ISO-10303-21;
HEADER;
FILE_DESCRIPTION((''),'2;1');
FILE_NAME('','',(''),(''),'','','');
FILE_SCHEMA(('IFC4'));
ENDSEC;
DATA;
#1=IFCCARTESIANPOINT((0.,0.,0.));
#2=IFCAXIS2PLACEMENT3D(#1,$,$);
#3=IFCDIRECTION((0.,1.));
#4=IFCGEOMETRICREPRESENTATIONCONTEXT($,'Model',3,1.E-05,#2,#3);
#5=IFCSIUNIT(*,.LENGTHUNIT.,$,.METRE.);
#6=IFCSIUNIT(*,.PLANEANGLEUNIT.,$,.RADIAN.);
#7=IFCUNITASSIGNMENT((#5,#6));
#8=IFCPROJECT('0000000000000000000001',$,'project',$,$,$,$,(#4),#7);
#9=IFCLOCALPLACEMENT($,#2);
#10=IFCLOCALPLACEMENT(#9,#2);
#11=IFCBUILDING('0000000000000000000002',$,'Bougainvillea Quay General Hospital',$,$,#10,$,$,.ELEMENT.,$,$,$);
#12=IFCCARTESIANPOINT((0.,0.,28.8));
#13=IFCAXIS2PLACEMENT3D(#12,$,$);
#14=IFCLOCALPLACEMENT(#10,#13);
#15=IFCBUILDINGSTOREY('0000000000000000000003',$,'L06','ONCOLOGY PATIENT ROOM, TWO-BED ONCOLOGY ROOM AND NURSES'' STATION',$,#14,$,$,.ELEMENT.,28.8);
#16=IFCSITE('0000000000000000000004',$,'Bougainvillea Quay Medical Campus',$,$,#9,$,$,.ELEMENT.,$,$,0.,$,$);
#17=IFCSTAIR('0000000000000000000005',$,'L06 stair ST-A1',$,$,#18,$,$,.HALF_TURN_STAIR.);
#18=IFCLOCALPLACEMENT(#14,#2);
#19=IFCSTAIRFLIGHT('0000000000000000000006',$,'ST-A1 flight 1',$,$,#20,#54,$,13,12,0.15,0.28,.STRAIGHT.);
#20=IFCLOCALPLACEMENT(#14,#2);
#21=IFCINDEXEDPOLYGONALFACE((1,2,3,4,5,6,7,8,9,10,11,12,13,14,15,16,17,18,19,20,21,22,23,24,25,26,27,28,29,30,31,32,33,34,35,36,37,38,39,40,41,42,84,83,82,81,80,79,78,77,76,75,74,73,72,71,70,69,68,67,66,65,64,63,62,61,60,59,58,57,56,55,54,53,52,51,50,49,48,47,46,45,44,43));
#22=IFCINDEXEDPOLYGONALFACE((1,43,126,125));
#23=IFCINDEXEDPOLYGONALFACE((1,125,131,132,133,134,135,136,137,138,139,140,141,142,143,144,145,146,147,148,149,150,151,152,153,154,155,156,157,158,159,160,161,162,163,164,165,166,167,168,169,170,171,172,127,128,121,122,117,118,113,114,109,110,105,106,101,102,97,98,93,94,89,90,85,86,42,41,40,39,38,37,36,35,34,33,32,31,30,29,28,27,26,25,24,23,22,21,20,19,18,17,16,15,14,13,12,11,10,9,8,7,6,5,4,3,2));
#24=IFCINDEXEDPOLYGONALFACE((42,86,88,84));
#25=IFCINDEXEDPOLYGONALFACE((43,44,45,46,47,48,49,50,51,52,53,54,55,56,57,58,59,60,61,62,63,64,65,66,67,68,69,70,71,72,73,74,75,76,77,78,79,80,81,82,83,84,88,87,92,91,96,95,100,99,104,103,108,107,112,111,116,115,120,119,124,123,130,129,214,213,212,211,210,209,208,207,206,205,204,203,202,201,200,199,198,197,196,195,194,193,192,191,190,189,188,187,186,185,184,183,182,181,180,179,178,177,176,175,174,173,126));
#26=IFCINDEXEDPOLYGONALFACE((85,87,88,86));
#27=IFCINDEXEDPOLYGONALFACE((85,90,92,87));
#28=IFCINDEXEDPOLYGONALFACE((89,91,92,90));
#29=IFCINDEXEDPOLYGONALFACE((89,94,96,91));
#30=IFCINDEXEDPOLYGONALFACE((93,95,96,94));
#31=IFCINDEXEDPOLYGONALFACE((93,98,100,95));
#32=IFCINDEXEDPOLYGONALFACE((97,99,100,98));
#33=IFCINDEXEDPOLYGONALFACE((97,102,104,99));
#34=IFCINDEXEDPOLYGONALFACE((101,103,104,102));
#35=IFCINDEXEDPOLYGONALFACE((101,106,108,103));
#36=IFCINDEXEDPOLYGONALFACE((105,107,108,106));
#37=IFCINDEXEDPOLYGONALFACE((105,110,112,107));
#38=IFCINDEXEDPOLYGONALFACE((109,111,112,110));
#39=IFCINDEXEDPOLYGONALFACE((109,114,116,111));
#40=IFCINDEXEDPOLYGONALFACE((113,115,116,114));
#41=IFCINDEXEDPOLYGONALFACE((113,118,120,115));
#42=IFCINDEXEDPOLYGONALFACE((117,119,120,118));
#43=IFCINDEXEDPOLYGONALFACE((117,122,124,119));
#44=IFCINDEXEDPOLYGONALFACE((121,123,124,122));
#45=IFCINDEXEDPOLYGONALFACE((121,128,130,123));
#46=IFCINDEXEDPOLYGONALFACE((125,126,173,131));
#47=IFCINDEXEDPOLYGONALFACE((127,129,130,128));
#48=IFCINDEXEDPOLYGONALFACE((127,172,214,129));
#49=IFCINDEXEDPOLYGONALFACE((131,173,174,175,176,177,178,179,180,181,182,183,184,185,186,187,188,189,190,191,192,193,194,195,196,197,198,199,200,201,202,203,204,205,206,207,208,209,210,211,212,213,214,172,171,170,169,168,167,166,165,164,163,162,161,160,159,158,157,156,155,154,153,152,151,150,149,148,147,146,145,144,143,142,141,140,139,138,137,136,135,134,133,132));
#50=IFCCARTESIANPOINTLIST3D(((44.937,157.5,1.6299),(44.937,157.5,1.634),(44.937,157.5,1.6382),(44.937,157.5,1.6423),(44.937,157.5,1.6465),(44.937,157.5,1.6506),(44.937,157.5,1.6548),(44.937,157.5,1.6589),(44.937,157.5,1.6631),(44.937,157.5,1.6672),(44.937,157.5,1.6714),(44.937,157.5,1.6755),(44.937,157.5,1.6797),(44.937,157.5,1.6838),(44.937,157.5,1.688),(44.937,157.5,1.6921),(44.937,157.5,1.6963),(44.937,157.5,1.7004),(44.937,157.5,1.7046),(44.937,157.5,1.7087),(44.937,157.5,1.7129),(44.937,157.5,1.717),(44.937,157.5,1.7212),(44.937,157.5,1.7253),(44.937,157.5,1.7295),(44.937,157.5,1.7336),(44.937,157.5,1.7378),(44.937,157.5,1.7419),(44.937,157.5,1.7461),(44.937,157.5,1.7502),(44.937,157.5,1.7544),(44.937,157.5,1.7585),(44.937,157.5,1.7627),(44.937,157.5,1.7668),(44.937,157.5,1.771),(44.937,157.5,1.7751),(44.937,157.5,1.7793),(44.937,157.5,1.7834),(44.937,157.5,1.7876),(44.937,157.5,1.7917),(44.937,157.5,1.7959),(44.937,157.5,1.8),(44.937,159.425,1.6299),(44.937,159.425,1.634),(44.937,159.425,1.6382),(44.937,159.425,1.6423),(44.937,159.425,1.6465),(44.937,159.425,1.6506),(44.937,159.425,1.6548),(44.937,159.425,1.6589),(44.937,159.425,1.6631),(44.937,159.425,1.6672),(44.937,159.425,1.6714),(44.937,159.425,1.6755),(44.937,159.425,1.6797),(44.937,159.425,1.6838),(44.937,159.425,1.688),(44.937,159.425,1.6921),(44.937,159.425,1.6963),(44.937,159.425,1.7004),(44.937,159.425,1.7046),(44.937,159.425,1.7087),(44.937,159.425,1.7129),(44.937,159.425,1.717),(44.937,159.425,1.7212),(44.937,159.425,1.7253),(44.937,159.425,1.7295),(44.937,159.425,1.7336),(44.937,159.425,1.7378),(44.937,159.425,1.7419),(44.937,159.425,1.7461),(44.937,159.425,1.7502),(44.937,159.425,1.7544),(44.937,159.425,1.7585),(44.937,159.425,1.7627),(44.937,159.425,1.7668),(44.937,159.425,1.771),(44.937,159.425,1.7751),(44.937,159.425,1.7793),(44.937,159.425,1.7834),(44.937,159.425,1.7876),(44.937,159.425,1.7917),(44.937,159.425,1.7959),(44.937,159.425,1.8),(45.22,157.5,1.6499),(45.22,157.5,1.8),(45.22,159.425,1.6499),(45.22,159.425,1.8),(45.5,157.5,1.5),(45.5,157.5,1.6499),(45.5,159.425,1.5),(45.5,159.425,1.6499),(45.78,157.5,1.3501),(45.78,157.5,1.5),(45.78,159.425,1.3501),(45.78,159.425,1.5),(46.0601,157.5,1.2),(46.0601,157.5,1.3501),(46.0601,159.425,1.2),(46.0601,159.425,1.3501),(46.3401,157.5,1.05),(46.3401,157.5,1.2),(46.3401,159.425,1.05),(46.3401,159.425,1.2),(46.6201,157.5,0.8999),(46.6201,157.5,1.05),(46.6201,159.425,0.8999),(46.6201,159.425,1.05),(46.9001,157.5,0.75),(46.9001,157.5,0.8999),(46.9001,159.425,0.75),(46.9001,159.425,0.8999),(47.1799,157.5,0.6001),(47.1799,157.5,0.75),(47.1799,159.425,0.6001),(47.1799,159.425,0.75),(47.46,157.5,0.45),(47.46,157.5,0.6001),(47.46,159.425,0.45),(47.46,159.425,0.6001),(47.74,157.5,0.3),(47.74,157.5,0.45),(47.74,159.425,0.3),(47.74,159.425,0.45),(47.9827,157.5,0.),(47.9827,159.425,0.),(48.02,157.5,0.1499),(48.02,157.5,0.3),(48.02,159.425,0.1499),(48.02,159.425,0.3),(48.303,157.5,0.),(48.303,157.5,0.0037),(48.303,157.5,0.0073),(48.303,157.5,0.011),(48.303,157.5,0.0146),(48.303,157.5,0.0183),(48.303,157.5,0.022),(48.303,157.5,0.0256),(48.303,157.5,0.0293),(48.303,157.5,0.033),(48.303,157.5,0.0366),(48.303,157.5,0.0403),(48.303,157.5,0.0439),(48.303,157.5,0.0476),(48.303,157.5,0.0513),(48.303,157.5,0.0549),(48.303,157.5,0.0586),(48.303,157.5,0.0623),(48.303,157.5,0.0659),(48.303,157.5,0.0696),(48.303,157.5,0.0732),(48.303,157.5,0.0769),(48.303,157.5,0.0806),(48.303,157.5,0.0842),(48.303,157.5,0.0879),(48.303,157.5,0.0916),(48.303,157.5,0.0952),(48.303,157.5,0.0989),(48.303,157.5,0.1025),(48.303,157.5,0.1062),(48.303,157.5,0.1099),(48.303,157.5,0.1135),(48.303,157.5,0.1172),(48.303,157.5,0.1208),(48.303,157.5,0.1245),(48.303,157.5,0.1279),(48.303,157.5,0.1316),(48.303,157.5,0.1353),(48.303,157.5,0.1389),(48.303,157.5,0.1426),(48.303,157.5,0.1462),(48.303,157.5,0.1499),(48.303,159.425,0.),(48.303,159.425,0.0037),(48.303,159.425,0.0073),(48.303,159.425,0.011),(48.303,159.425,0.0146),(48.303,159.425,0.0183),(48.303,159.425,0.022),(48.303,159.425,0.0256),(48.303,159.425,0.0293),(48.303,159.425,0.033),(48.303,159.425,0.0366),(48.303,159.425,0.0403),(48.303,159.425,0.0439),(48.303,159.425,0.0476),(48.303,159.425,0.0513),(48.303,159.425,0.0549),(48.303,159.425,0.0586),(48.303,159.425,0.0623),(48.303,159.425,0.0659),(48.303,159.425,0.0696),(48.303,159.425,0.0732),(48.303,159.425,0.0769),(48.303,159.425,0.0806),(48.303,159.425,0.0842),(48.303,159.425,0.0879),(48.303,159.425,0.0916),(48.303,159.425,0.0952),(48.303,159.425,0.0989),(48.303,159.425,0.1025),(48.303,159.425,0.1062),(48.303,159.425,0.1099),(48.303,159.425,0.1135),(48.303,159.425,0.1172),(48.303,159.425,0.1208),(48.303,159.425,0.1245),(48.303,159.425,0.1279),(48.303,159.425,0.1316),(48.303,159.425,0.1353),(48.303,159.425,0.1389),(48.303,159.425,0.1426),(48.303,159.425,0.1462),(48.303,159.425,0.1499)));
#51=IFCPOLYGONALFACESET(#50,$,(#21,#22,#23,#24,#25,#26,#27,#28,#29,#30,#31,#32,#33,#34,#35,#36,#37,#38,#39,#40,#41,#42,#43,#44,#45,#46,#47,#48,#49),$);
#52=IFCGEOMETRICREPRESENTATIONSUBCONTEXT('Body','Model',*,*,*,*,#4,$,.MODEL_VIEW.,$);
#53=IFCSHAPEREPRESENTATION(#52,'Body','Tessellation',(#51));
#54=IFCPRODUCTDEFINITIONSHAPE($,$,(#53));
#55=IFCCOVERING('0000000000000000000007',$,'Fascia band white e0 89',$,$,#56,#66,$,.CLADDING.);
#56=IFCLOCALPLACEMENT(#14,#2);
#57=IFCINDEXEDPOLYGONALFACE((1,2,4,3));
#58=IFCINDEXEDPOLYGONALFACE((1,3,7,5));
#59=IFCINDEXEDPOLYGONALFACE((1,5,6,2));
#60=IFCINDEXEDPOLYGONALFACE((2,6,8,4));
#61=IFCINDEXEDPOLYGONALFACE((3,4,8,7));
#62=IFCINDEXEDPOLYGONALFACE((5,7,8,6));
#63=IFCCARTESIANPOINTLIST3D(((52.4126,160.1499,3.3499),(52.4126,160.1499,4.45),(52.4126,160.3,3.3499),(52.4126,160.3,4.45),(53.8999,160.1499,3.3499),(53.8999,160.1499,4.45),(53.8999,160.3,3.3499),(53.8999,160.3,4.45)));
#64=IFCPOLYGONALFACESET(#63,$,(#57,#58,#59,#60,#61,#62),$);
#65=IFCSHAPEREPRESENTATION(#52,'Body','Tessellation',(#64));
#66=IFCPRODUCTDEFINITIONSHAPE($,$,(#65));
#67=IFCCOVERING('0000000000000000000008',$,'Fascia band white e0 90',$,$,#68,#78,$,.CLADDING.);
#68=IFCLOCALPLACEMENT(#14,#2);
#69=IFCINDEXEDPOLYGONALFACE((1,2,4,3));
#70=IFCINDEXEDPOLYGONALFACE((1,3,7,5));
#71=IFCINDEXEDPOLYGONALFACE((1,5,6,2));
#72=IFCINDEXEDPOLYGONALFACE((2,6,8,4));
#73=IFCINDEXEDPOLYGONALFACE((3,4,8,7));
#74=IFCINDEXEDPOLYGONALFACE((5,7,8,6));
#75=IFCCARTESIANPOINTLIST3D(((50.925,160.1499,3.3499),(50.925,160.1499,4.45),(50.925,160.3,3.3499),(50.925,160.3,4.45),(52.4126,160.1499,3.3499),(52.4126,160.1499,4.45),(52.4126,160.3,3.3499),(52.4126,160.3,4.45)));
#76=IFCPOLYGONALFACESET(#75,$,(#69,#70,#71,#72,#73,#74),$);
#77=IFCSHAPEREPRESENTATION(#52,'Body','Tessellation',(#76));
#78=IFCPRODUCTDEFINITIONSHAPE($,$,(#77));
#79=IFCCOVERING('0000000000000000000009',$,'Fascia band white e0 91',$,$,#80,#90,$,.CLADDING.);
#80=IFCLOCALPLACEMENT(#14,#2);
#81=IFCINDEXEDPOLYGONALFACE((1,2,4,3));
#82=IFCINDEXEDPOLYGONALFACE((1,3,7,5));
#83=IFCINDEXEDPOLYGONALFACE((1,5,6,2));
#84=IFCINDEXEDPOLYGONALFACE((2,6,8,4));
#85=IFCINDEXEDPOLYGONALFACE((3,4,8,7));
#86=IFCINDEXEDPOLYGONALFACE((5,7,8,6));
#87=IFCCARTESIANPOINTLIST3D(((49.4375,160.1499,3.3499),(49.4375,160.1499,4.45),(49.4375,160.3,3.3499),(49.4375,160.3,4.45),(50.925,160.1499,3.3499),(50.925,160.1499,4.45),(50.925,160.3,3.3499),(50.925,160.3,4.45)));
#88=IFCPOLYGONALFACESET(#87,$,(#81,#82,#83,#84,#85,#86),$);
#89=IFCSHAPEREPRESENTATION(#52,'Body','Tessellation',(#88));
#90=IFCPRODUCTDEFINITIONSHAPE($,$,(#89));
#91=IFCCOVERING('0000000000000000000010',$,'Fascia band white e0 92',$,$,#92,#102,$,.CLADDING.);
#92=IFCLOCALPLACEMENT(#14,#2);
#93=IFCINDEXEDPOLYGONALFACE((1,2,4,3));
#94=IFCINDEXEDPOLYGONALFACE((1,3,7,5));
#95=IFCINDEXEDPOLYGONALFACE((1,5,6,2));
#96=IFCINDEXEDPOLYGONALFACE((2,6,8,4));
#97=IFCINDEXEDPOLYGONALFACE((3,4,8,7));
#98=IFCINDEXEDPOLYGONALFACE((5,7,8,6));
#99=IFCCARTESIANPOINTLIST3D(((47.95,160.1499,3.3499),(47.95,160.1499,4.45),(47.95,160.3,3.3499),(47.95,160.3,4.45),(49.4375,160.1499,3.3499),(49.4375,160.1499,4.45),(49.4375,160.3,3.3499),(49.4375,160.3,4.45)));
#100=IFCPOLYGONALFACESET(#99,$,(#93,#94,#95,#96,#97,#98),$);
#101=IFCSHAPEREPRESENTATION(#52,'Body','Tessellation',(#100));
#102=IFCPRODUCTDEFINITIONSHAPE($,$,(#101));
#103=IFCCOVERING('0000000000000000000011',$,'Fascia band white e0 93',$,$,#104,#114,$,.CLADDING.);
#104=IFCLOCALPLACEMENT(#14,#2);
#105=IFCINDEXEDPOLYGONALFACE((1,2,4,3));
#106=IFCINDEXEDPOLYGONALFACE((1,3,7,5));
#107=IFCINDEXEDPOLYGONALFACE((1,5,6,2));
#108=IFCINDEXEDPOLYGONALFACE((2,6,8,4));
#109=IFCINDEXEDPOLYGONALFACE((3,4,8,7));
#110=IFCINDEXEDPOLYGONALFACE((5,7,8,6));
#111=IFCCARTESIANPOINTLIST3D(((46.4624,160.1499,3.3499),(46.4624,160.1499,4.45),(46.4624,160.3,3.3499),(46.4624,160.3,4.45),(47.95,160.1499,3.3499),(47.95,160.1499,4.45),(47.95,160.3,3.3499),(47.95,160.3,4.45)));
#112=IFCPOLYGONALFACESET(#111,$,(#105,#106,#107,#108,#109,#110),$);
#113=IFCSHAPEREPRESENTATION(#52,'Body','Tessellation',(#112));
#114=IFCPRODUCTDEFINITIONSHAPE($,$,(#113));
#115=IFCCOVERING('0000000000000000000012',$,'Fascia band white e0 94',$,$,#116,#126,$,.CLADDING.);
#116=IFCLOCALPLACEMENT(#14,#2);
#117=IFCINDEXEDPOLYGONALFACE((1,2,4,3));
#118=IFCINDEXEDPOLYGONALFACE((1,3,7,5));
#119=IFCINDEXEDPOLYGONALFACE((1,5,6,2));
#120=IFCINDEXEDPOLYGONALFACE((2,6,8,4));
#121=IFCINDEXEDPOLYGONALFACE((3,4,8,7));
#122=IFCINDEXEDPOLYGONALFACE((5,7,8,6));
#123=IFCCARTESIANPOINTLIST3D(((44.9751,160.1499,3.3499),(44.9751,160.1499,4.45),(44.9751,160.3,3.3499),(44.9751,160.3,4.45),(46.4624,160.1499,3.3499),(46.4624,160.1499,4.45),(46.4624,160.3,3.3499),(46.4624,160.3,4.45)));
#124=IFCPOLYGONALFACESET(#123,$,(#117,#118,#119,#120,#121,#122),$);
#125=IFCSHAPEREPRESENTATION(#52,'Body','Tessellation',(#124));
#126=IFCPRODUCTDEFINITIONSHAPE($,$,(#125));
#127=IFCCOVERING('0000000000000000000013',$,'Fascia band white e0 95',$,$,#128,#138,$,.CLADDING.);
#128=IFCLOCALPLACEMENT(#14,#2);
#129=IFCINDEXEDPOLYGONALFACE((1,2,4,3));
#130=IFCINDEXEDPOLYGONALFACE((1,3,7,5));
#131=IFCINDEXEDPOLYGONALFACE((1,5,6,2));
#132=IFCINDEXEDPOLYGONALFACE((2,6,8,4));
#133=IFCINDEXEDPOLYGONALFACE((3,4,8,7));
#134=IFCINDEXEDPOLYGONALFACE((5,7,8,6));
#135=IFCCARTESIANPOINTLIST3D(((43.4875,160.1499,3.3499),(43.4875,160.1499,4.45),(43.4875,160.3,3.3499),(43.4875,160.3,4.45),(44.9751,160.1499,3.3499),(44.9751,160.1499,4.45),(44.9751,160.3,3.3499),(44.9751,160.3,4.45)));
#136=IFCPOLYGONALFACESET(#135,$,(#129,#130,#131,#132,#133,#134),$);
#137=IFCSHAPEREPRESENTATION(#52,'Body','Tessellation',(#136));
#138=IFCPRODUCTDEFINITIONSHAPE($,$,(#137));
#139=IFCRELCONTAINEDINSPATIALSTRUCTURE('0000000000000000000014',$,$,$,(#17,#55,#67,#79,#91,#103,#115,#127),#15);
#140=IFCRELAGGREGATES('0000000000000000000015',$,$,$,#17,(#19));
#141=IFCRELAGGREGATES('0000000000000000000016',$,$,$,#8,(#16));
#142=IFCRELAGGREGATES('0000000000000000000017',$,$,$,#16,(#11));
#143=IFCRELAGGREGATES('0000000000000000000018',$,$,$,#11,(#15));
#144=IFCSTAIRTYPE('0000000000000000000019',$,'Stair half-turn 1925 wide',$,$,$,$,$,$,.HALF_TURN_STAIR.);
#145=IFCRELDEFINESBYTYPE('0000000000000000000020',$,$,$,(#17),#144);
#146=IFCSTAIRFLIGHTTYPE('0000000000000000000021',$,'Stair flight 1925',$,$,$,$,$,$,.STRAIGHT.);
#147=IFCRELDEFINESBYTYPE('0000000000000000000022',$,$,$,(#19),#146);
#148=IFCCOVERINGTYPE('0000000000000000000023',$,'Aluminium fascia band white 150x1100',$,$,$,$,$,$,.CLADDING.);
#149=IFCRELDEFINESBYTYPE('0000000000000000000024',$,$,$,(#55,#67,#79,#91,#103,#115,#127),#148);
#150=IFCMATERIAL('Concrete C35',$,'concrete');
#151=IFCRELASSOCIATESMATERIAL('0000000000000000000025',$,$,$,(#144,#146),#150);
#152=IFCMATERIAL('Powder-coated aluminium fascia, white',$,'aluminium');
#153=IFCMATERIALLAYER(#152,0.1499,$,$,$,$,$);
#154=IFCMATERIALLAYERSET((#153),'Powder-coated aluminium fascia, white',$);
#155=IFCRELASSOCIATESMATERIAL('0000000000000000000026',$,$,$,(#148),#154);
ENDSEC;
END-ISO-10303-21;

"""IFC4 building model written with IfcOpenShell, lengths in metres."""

from ifc_helpers import new_model, si_unit, direction, frame, origin, place, context, subcontext, project, spatial, polyline, outline, extrude, material, layer, layer_set, type_object, element, aggregate, save


model = new_model("IFC4")

# Units and contexts
model_context = context("Model", 3, precision=1e-05, world=origin(), true_north=direction((0.0, 1.0)))
body_context = subcontext(model_context, "Body", "Model", "MODEL_VIEW")
ifc_project = project(units=[si_unit("LENGTHUNIT", "METRE"), si_unit("PLANEANGLEUNIT", "RADIAN")], contexts=[model_context])

# Site, building, storey
site_placement = place(None, origin())
site = spatial("IfcSite", under=ifc_project, at=site_placement, Name="Bougainvillea Quay Medical Campus", CompositionType="ELEMENT", RefElevation=0.0)
building_placement = place(site_placement, origin())
building = spatial("IfcBuilding", under=site, at=building_placement, Name="Bougainvillea Quay General Hospital", CompositionType="ELEMENT")
storey_placement = place(building_placement, frame((0.0, 0.0, 28.8)))
storey = spatial("IfcBuildingStorey", under=building, at=storey_placement, Name="L06", Description="ONCOLOGY PATIENT ROOM, TWO-BED ONCOLOGY ROOM AND NURSES' STATION", CompositionType="ELEMENT", Elevation=28.8)

# Stair, stair flight
ifc_material_1 = material(Name="Concrete C35", Category="concrete")
stair_type = type_object("IfcStairType", Name="Stair half-turn 1925 wide", PredefinedType="HALF_TURN_STAIR", material=ifc_material_1)
stair_placement = place(storey_placement, origin())
stair = element("IfcStair", 1, at=stair_placement, inside=storey, type_object=stair_type, Name="L06 stair ST-A1", PredefinedType="HALF_TURN_STAIR")
stair_flight_type = type_object("IfcStairFlightType", Name="Stair flight 1925", PredefinedType="STRAIGHT", material=ifc_material_1)
stair_flight_1_placement = place(storey_placement, frame((48.3, 158.4624, 0.0), z_axis=(0.0, 0.0, 1.0), x_axis=(-1.0, 0.0, 0.0)))
stair_flight_1 = element("IfcStairFlight", 2, at=stair_flight_1_placement, type_object=stair_flight_type, Name="ST-A1 flight 1", NumberOfRisers=13, NumberOfTreads=12, PredefinedType="STRAIGHT", RiserHeight=0.15, TreadLength=0.28, context=body_context, shape_type="SweptSolid", body=[
    extrude(outline(polyline([(-0.0029, 0.0), (-0.0029, 0.0037), (-0.0029, 0.0073), (-0.0029, 0.011), (-0.0029, 0.0146), (-0.0029, 0.0183), (-0.0029, 0.022), (-0.0029, 0.0256), (-0.0029, 0.0293), (-0.0029, 0.033), (-0.0029, 0.0366), (-0.0029, 0.0403), (-0.0029, 0.0439), (-0.0029, 0.0476), (-0.0029, 0.0513), (-0.0029, 0.0549), (-0.0029, 0.0586), (-0.0029, 0.0623), (-0.0029, 0.0659), (-0.0029, 0.0696), (-0.0029, 0.0732), (-0.0029, 0.0769), (-0.0029, 0.0806), (-0.0029, 0.0842), (-0.0029, 0.0879), (-0.0029, 0.0916), (-0.0029, 0.0952), (-0.0029, 0.0989), (-0.0029, 0.1025), (-0.0029, 0.1062), (-0.0029, 0.1099), (-0.0029, 0.1135), (-0.0029, 0.1172), (-0.0029, 0.1208), (-0.0029, 0.1245), (-0.0029, 0.1279), (-0.0029, 0.1316), (-0.0029, 0.1353), (-0.0029, 0.1389), (-0.0029, 0.1426), (-0.0029, 0.1462), (-0.0029, 0.1499), (0.28, 0.1499), (0.28, 0.3), (0.5601, 0.3), (0.5601, 0.45), (0.8401, 0.45), (0.8401, 0.6001), (1.1201, 0.6001), (1.1201, 0.75), (1.3999, 0.75), (1.3999, 0.8999), (1.6799, 0.8999), (1.6799, 1.05), (1.96, 1.05), (1.96, 1.2), (2.24, 1.2), (2.24, 1.3501), (2.52, 1.3501), (2.52, 1.5), (2.8, 1.5), (2.8, 1.6499), (3.0801, 1.6499), (3.0801, 1.8), (3.363, 1.8), (3.363, 1.7959), (3.363, 1.7917), (3.363, 1.7876), (3.363, 1.7834), (3.363, 1.7793), (3.363, 1.7751), (3.363, 1.771), (3.363, 1.7668), (3.363, 1.7627), (3.363, 1.7585), (3.363, 1.7544), (3.363, 1.7502), (3.363, 1.7461), (3.363, 1.7419), (3.363, 1.7378), (3.363, 1.7336), (3.363, 1.7295), (3.363, 1.7253), (3.363, 1.7212), (3.363, 1.717), (3.363, 1.7129), (3.363, 1.7087), (3.363, 1.7046), (3.363, 1.7004), (3.363, 1.6963), (3.363, 1.6921), (3.363, 1.688), (3.363, 1.6838), (3.363, 1.6797), (3.363, 1.6755), (3.363, 1.6714), (3.363, 1.6672), (3.363, 1.6631), (3.363, 1.6589), (3.363, 1.6548), (3.363, 1.6506), (3.363, 1.6465), (3.363, 1.6423), (3.363, 1.6382), (3.363, 1.634), (3.363, 1.6299), (0.3174, 0.0), (-0.0029, 0.0)])), frame((0.0, 0.9624, 0.0), z_axis=(0.0, -1.0, 0.0), x_axis=(1.0, 0.0, 0.0)), (0.0, 0.0, 1.0), 1.925),
])
aggregate(stair, [stair_flight_1])

# Coverings
ifc_material_2 = material(Name="Powder-coated aluminium fascia, white", Category="aluminium")
ifc_layer_1 = layer(ifc_material_2, 0.1499)
ifc_layer_set_1 = layer_set([ifc_layer_1], Name="Powder-coated aluminium fascia, white")
covering_type = type_object("IfcCoveringType", Name="Aluminium fascia band white 150x1100", PredefinedType="CLADDING", material=ifc_layer_set_1)
covering_1_placement = place(storey_placement, frame((53.8999, 160.1499, 3.3499), z_axis=(0.0, 0.0, 1.0), x_axis=(-1.0, 0.0, 0.0)))
element("IfcCovering", 3, at=covering_1_placement, inside=storey, type_object=covering_type, Name="Fascia band white e0 89", PredefinedType="CLADDING", context=body_context, shape_type="SweptSolid", body=[
    extrude(outline(polyline([(0.0, 0.0), (1.4873, 0.0), (1.4873, -0.1501), (0.0, -0.1501), (0.0, 0.0)])), origin(), (0.0, 0.0, 1.0), 1.1001),
])
for number, where, z_axis, x_axis, name in (
    (4, (52.4126, 160.1499, 3.3499), (0.0, 0.0, 1.0), (-1.0, 0.0, 0.0), "Fascia band white e0 90"),
    (5, (50.925, 160.1499, 3.3499), (0.0, 0.0, 1.0), (-1.0, 0.0, 0.0), "Fascia band white e0 91"),
    (6, (49.4375, 160.1499, 3.3499), (0.0, 0.0, 1.0), (-1.0, 0.0, 0.0), "Fascia band white e0 92"),
    (7, (47.95, 160.1499, 3.3499), (0.0, 0.0, 1.0), (-1.0, 0.0, 0.0), "Fascia band white e0 93"),
):
    element("IfcCovering", number, at=place(storey_placement, frame(where, z_axis=z_axis, x_axis=x_axis)), inside=storey, type_object=covering_type, Name=name, PredefinedType="CLADDING", context=body_context, shape_type="SweptSolid", body=[
        extrude(outline(polyline([(0.0, 0.0), (1.4875, 0.0), (1.4875, -0.1501), (0.0, -0.1501), (0.0, 0.0)])), origin(), (0.0, 0.0, 1.0), 1.1001),
    ])
covering_2_placement = place(storey_placement, frame((46.4624, 160.1499, 3.3499), z_axis=(0.0, 0.0, 1.0), x_axis=(-1.0, 0.0, 0.0)))
element("IfcCovering", 8, at=covering_2_placement, inside=storey, type_object=covering_type, Name="Fascia band white e0 94", PredefinedType="CLADDING", context=body_context, shape_type="SweptSolid", body=[
    extrude(outline(polyline([(0.0, 0.0), (1.4873, 0.0), (1.4873, -0.1501), (0.0, -0.1501), (0.0, 0.0)])), origin(), (0.0, 0.0, 1.0), 1.1001),
])
covering_3_placement = place(storey_placement, frame((44.9751, 160.1499, 3.3499), z_axis=(0.0, 0.0, 1.0), x_axis=(-1.0, 0.0, 0.0)))
element("IfcCovering", 9, at=covering_3_placement, inside=storey, type_object=covering_type, Name="Fascia band white e0 95", PredefinedType="CLADDING", context=body_context, shape_type="SweptSolid", body=[
    extrude(outline(polyline([(0.0, 0.0), (1.4875, 0.0), (1.4875, -0.1501), (0.0, -0.1501), (0.0, 0.0)])), origin(), (0.0, 0.0, 1.0), 1.1001),
])

save(model, "model.ifc")
